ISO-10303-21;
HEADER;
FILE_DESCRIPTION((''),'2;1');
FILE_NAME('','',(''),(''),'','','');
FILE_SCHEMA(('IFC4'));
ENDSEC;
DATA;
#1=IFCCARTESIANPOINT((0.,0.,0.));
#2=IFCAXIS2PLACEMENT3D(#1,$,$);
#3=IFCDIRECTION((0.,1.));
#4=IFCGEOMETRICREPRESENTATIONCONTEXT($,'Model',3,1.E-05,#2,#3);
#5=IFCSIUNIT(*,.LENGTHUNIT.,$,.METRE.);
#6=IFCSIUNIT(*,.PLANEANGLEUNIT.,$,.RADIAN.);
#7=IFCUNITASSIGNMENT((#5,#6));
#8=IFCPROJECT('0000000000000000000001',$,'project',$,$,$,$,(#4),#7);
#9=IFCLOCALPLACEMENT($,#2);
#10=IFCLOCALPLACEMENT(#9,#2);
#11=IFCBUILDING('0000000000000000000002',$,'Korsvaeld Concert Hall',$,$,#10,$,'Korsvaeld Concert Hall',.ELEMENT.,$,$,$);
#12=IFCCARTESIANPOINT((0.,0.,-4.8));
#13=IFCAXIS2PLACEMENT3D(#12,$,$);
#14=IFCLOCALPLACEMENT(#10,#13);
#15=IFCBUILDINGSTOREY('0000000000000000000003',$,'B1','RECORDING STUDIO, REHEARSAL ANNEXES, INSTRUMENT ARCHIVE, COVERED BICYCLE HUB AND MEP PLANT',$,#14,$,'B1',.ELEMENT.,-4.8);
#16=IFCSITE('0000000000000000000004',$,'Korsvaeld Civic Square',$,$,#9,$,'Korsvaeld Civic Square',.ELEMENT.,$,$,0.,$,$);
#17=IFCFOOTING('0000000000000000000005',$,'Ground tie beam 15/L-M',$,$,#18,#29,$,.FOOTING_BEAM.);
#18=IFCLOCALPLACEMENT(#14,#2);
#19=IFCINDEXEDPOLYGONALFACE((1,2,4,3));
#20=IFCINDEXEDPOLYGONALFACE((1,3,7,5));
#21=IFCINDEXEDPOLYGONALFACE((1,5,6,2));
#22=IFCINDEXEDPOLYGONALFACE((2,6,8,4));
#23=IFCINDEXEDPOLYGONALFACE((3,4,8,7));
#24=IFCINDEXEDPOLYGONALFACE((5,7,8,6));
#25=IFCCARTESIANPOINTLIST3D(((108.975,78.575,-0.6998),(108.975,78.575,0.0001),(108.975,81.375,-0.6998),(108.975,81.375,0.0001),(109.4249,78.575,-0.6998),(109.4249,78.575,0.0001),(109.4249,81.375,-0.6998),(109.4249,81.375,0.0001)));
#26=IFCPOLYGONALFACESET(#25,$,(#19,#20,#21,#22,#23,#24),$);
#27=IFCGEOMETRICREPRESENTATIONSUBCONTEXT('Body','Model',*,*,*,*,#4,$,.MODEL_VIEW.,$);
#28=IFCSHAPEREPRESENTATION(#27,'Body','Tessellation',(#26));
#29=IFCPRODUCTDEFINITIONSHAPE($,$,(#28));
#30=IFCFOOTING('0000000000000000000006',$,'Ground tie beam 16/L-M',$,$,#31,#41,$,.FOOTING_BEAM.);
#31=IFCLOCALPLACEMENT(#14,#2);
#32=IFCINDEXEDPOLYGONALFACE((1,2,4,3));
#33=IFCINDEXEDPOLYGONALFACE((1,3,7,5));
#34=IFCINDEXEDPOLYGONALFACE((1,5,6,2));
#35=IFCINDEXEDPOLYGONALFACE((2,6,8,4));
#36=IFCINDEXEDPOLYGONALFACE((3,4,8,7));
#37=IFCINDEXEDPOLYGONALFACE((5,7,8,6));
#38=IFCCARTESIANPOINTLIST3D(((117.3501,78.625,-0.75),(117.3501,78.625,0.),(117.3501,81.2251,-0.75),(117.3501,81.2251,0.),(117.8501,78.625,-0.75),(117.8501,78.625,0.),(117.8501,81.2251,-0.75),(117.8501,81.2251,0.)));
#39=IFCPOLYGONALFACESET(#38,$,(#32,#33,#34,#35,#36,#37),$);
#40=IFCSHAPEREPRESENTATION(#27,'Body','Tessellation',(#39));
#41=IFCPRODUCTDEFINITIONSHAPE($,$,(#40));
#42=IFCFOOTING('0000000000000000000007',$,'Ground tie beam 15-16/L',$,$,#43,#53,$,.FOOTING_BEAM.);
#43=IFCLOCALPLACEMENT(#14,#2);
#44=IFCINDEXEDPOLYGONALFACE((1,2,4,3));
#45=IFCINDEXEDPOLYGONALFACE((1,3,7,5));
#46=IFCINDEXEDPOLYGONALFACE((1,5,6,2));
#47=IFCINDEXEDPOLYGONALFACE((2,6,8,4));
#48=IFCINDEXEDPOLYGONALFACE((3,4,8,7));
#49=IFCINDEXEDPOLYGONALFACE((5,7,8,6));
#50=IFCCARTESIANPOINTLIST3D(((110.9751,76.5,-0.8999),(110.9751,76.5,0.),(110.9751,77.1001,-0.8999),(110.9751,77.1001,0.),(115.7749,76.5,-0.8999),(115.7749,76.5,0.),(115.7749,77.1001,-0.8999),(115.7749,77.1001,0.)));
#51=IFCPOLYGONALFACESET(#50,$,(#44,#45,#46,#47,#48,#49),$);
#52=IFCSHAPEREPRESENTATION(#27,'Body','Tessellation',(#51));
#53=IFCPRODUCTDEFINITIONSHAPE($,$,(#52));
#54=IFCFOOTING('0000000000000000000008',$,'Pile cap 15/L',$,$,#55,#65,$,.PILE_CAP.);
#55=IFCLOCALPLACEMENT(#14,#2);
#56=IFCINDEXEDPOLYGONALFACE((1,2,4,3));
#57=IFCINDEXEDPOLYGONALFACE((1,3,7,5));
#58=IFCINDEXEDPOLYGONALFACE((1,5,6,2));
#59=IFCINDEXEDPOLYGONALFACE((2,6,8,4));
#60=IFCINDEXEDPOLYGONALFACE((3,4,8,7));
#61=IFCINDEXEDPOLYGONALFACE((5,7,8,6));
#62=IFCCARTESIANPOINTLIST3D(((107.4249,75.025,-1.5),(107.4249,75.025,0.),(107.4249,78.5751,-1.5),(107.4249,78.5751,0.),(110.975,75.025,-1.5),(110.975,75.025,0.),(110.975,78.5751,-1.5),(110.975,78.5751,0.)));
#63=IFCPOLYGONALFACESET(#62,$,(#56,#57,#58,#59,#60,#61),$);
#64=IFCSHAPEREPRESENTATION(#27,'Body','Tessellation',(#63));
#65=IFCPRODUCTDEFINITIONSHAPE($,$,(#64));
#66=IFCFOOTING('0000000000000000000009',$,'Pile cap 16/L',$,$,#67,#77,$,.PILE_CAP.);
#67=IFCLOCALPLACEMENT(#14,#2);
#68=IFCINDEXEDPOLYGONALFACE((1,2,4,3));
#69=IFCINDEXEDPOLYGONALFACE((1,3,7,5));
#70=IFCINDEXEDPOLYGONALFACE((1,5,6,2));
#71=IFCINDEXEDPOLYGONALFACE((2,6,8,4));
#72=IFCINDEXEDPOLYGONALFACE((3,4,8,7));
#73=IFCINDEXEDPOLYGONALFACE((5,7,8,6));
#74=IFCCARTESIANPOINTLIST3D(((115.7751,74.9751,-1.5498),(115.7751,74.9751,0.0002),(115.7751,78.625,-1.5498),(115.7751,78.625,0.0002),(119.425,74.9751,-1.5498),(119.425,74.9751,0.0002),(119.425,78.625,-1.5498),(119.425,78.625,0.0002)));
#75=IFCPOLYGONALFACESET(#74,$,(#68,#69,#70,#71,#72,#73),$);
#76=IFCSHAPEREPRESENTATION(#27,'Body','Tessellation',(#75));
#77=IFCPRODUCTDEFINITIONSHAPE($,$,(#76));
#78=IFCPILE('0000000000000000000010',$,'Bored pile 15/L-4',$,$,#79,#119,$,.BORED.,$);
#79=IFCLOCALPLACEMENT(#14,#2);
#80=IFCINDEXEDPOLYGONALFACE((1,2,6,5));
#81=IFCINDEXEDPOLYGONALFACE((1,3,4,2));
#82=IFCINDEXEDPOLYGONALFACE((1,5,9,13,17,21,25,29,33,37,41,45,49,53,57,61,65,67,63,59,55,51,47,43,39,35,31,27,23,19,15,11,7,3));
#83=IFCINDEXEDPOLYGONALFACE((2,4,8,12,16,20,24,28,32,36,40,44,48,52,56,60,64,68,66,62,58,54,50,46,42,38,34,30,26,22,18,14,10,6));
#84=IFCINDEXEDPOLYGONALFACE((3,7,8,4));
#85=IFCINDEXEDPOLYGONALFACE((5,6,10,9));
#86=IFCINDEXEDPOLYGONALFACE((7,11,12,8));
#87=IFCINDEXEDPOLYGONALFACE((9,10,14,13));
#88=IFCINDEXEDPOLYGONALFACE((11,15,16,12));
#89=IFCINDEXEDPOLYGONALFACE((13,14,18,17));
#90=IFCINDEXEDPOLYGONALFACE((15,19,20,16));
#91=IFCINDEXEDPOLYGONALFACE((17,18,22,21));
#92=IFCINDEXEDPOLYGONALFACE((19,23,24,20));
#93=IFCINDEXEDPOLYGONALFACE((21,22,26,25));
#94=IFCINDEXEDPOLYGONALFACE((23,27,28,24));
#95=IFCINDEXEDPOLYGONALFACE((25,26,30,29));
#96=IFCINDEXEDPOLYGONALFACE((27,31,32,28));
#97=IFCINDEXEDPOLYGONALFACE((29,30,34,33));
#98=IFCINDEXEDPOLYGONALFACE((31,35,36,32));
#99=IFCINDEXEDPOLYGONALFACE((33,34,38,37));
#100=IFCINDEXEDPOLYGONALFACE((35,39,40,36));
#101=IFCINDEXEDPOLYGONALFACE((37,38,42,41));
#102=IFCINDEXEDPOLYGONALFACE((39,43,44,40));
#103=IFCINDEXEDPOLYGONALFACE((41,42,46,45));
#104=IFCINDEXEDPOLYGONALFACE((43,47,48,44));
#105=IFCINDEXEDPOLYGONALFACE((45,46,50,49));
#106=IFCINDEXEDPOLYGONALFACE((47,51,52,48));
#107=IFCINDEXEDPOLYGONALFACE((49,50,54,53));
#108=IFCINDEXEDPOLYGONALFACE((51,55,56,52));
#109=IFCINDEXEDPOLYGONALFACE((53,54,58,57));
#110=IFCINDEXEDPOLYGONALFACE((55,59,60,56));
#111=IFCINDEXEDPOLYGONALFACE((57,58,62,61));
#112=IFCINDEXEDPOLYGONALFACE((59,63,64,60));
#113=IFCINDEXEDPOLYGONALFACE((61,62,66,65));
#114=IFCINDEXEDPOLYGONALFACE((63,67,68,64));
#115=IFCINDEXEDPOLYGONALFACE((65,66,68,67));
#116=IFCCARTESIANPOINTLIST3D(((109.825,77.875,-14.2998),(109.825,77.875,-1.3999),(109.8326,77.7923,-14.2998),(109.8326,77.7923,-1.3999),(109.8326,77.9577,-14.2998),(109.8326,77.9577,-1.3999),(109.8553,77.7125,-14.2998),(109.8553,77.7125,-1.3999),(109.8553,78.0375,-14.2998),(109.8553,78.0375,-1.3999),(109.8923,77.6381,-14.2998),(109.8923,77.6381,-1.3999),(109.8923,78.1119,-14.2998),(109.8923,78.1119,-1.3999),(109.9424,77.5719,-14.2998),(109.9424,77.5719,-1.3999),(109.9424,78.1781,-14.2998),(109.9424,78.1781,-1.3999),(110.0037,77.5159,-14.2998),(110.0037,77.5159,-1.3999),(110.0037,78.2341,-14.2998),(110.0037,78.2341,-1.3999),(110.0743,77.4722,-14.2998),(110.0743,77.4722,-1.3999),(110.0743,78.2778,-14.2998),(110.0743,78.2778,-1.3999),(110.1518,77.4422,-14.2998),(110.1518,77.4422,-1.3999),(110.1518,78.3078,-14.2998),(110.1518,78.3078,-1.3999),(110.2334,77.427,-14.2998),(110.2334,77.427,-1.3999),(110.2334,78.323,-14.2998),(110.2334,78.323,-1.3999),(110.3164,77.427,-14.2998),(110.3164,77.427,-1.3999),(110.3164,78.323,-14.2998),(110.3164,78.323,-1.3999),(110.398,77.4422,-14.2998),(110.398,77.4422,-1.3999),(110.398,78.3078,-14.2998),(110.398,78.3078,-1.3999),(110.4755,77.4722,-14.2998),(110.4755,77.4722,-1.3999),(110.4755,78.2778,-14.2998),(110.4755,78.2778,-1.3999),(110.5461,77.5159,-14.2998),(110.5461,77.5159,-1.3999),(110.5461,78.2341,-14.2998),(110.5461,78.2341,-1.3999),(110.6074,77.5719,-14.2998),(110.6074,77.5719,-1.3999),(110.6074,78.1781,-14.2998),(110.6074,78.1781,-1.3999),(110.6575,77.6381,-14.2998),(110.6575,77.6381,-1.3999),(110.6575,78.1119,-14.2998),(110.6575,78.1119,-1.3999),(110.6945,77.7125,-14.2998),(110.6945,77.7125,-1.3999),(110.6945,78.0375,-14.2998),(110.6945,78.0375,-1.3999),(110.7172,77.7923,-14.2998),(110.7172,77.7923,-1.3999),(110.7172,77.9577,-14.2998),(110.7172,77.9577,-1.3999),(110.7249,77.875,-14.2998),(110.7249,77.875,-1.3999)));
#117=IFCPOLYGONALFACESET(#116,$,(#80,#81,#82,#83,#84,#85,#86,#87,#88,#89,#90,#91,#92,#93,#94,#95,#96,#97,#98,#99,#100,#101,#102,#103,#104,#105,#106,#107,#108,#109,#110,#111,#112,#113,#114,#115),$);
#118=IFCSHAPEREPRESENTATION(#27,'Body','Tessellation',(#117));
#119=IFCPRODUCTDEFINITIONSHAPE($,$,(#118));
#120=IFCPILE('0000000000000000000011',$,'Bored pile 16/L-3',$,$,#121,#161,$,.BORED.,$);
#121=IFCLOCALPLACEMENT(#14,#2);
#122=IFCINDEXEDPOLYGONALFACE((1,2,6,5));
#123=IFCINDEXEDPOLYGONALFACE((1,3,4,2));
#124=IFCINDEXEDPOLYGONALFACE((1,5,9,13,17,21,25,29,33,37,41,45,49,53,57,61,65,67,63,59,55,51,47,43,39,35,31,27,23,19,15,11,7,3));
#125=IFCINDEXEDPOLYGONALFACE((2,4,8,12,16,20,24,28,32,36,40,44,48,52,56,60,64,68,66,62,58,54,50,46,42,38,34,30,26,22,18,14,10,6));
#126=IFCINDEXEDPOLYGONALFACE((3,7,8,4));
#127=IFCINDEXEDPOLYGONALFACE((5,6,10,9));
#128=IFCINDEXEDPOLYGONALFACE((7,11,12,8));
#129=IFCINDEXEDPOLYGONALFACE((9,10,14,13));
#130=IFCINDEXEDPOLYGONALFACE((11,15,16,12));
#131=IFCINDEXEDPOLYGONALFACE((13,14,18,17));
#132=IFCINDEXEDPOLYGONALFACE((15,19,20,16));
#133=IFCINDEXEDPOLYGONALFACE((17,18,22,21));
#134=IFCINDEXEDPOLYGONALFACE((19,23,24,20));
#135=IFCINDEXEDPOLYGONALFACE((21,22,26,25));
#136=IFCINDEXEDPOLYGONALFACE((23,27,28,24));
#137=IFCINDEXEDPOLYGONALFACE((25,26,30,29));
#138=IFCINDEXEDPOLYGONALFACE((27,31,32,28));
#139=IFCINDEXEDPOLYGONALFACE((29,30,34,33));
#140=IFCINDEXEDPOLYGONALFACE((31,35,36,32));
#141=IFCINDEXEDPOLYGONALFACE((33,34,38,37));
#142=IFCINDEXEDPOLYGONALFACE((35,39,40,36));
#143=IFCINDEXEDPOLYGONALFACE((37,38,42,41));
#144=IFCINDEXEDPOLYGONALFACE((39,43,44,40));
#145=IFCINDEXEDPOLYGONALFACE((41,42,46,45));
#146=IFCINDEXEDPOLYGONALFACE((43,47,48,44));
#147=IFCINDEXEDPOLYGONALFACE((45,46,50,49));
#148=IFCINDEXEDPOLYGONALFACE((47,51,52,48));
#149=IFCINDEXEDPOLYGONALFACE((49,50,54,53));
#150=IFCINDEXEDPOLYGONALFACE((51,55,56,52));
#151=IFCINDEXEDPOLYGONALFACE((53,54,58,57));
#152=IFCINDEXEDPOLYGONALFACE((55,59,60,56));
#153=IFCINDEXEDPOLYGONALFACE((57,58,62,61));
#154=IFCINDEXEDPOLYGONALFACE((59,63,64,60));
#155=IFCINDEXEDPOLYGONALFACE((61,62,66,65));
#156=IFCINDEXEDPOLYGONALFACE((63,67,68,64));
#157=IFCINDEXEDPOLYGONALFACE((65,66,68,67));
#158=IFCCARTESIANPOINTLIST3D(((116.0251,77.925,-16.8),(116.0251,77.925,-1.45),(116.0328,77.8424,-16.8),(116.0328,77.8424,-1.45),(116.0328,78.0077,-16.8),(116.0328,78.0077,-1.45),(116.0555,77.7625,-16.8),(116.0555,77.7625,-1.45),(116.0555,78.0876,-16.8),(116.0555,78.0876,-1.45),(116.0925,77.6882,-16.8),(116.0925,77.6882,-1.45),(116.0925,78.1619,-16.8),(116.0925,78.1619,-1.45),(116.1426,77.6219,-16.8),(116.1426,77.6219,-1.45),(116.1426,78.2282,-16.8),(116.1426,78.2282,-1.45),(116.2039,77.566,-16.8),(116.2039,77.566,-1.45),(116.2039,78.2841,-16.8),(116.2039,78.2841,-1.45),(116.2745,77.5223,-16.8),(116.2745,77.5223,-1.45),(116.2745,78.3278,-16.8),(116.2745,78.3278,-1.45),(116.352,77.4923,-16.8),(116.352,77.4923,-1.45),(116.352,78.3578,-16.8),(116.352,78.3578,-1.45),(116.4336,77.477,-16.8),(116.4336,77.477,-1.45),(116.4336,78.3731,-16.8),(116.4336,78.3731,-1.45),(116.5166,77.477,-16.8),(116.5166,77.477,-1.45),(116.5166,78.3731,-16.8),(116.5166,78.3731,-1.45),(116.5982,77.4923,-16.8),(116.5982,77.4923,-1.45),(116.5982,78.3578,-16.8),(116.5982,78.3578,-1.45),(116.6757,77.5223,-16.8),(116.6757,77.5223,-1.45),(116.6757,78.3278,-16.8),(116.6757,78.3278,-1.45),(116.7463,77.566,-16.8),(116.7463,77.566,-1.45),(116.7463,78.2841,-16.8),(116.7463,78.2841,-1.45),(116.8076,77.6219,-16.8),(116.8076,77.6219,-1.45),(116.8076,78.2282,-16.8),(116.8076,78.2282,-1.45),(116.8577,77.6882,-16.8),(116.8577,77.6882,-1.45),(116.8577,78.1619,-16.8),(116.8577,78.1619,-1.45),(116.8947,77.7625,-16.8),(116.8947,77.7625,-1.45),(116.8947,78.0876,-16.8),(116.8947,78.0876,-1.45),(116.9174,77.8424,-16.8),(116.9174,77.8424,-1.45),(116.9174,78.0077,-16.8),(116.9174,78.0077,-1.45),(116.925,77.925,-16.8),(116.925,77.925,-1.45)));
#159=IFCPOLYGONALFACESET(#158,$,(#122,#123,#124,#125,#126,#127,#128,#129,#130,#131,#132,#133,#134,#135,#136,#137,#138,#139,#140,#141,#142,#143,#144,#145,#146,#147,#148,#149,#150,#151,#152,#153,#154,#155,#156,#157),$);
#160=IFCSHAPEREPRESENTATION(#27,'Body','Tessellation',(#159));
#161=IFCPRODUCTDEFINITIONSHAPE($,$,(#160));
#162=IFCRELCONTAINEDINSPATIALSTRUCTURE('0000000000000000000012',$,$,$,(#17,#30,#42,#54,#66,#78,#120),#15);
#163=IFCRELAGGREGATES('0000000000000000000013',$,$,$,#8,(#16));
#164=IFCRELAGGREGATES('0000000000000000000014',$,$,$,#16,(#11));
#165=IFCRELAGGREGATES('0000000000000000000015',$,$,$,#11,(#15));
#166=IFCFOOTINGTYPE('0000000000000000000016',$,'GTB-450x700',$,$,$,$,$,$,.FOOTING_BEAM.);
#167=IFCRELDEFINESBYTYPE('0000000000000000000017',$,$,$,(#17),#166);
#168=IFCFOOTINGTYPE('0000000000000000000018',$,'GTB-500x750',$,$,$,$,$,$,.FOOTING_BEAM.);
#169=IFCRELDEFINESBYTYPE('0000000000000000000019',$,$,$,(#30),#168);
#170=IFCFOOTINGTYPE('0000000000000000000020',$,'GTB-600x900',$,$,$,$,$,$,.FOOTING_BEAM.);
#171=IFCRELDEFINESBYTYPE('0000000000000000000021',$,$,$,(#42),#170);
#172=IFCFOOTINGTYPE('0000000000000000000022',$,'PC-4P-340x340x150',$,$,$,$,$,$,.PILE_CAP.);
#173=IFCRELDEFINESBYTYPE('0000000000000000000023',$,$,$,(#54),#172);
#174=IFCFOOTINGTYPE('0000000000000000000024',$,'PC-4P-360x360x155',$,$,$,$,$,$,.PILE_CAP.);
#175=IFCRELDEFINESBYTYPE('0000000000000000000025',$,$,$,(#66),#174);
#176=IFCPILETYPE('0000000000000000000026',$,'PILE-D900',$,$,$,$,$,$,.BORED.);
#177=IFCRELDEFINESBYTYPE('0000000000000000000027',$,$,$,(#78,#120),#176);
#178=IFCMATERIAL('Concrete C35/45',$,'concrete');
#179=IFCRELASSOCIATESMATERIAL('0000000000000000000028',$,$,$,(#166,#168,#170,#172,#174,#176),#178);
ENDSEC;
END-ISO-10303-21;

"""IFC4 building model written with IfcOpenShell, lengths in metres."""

from ifc_helpers import new_model, si_unit, direction, frame, origin, origin_2d, place, context, subcontext, project, spatial, rectangle, circle, extrude, material, material_profile, profile_set, type_object, element, save


model = new_model("IFC4")

# Units and contexts
model_context = context("Model", 3, precision=1e-05, world=origin(), true_north=direction((0.0, 1.0)))
body_context = subcontext(model_context, "Body", "Model", "MODEL_VIEW")
ifc_project = project(units=[si_unit("LENGTHUNIT", "METRE"), si_unit("PLANEANGLEUNIT", "RADIAN")], contexts=[model_context])

# Site, building, storey
site_placement = place(None, origin())
site = spatial("IfcSite", under=ifc_project, at=site_placement, Name="Korsvaeld Civic Square", LongName="Korsvaeld Civic Square", CompositionType="ELEMENT", RefElevation=0.0)
building_placement = place(site_placement, origin())
building = spatial("IfcBuilding", under=site, at=building_placement, Name="Korsvaeld Concert Hall", LongName="Korsvaeld Concert Hall", CompositionType="ELEMENT")
storey_placement = place(building_placement, frame((0.0, 0.0, -4.8)))
storey = spatial("IfcBuildingStorey", under=building, at=storey_placement, Name="B1", Description="RECORDING STUDIO, REHEARSAL ANNEXES, INSTRUMENT ARCHIVE, COVERED BICYCLE HUB AND MEP PLANT", LongName="B1", CompositionType="ELEMENT", Elevation=-4.8)

# Footings
ifc_material_1 = material(Name="Concrete C35/45", Category="concrete")
ifc_material_profile_1 = material_profile(ifc_material_1, rectangle(XDim=0.45, YDim=0.7, at=origin_2d()), Name="GTB 450x700")
ifc_profile_set_1 = profile_set([ifc_material_profile_1], Name="Concrete C35/45")
footing_type_1 = type_object("IfcFootingType", Name="GTB-450x700", PredefinedType="FOOTING_BEAM", material=ifc_profile_set_1)
footing_1_placement = place(storey_placement, frame((109.2, 78.575, -0.3499), z_axis=(0.0, 1.0, 0.0), x_axis=(-1.0, 0.0, 0.0)))
element("IfcFooting", 1, at=footing_1_placement, inside=storey, type_object=footing_type_1, Name="Ground tie beam 15/L-M", PredefinedType="FOOTING_BEAM", context=body_context, shape_type="SweptSolid", body=[
    extrude(rectangle(XDim=0.45, YDim=0.7, at=origin_2d()), origin(), (0.0, 0.0, 1.0), 2.8),
])
ifc_material_profile_2 = material_profile(ifc_material_1, rectangle(XDim=0.5, YDim=0.75, at=origin_2d()), Name="GTB 500x750")
ifc_profile_set_2 = profile_set([ifc_material_profile_2], Name="Concrete C35/45")
footing_type_2 = type_object("IfcFootingType", Name="GTB-500x750", PredefinedType="FOOTING_BEAM", material=ifc_profile_set_2)
footing_2_placement = place(storey_placement, frame((117.6001, 78.625, -0.375), z_axis=(0.0, 1.0, 0.0), x_axis=(-1.0, 0.0, 0.0)))
element("IfcFooting", 2, at=footing_2_placement, inside=storey, type_object=footing_type_2, Name="Ground tie beam 16/L-M", PredefinedType="FOOTING_BEAM", context=body_context, shape_type="SweptSolid", body=[
    extrude(rectangle(XDim=0.5, YDim=0.75, at=origin_2d()), origin(), (0.0, 0.0, 1.0), 2.6001),
])
ifc_material_profile_3 = material_profile(ifc_material_1, rectangle(XDim=0.6001, YDim=0.8999, at=origin_2d()), Name="GTB 600x900")
ifc_profile_set_3 = profile_set([ifc_material_profile_3], Name="Concrete C35/45")
footing_type_3 = type_object("IfcFootingType", Name="GTB-600x900", PredefinedType="FOOTING_BEAM", material=ifc_profile_set_3)
footing_3_placement = place(storey_placement, frame((110.9751, 76.8, -0.45), z_axis=(1.0, 0.0, 0.0), x_axis=(0.0, 1.0, 0.0)))
element("IfcFooting", 3, at=footing_3_placement, inside=storey, type_object=footing_type_3, Name="Ground tie beam 15-16/L", PredefinedType="FOOTING_BEAM", context=body_context, shape_type="SweptSolid", body=[
    extrude(rectangle(XDim=0.6001, YDim=0.8999, at=origin_2d()), origin(), (0.0, 0.0, 1.0), 4.7998),
])
footing_type_4 = type_object("IfcFootingType", Name="PC-4P-340x340x150", PredefinedType="PILE_CAP", material=ifc_material_1)
footing_4_placement = place(storey_placement, frame((109.2, 76.8, -1.5), z_axis=(0.0, 0.0, 1.0), x_axis=(1.0, 0.0, 0.0)))
element("IfcFooting", 4, at=footing_4_placement, inside=storey, type_object=footing_type_4, Name="Pile cap 15/L", PredefinedType="PILE_CAP", context=body_context, shape_type="SweptSolid", body=[
    extrude(rectangle(XDim=3.55, YDim=3.55, at=origin_2d()), origin(), (0.0, 0.0, 1.0), 1.5),
])
footing_type_5 = type_object("IfcFootingType", Name="PC-4P-360x360x155", PredefinedType="PILE_CAP", material=ifc_material_1)
footing_5_placement = place(storey_placement, frame((117.6001, 76.8, -1.5498), z_axis=(0.0, 0.0, 1.0), x_axis=(1.0, 0.0, 0.0)))
element("IfcFooting", 5, at=footing_5_placement, inside=storey, type_object=footing_type_5, Name="Pile cap 16/L", PredefinedType="PILE_CAP", context=body_context, shape_type="SweptSolid", body=[
    extrude(rectangle(XDim=3.6499, YDim=3.6499, at=origin_2d()), origin(), (0.0, 0.0, 1.0), 1.55),
])

# Piles
ifc_material_profile_4 = material_profile(ifc_material_1, circle(Radius=0.45, at=origin_2d()), Name="BORED PILE D900")
ifc_profile_set_4 = profile_set([ifc_material_profile_4], Name="Concrete C35/45")
pile_type = type_object("IfcPileType", Name="PILE-D900", PredefinedType="BORED", material=ifc_profile_set_4)
pile_placement = place(storey_placement, frame((110.2749, 77.875, -1.3999), z_axis=(0.0, 0.0, -1.0), x_axis=(1.0, 0.0, 0.0)))
element("IfcPile", 6, at=pile_placement, inside=storey, type_object=pile_type, Name="Bored pile 15/L-4", PredefinedType="BORED", context=body_context, shape_type="SweptSolid", body=[
    extrude(circle(Radius=0.45, at=origin_2d()), origin(), (0.0, 0.0, 1.0), 12.8999),
])
for number, where, z_axis, x_axis, name in (
    (7, (116.4751, 77.925, -1.45), (0.0, 0.0, -1.0), (1.0, 0.0, 0.0), "Bored pile 16/L-3"),
):
    element("IfcPile", number, at=place(storey_placement, frame(where, z_axis=z_axis, x_axis=x_axis)), inside=storey, type_object=pile_type, Name=name, PredefinedType="BORED", context=body_context, shape_type="SweptSolid", body=[
        extrude(circle(Radius=0.45, at=origin_2d()), origin(), (0.0, 0.0, 1.0), 15.3501),
    ])

save(model, "model.ifc")
